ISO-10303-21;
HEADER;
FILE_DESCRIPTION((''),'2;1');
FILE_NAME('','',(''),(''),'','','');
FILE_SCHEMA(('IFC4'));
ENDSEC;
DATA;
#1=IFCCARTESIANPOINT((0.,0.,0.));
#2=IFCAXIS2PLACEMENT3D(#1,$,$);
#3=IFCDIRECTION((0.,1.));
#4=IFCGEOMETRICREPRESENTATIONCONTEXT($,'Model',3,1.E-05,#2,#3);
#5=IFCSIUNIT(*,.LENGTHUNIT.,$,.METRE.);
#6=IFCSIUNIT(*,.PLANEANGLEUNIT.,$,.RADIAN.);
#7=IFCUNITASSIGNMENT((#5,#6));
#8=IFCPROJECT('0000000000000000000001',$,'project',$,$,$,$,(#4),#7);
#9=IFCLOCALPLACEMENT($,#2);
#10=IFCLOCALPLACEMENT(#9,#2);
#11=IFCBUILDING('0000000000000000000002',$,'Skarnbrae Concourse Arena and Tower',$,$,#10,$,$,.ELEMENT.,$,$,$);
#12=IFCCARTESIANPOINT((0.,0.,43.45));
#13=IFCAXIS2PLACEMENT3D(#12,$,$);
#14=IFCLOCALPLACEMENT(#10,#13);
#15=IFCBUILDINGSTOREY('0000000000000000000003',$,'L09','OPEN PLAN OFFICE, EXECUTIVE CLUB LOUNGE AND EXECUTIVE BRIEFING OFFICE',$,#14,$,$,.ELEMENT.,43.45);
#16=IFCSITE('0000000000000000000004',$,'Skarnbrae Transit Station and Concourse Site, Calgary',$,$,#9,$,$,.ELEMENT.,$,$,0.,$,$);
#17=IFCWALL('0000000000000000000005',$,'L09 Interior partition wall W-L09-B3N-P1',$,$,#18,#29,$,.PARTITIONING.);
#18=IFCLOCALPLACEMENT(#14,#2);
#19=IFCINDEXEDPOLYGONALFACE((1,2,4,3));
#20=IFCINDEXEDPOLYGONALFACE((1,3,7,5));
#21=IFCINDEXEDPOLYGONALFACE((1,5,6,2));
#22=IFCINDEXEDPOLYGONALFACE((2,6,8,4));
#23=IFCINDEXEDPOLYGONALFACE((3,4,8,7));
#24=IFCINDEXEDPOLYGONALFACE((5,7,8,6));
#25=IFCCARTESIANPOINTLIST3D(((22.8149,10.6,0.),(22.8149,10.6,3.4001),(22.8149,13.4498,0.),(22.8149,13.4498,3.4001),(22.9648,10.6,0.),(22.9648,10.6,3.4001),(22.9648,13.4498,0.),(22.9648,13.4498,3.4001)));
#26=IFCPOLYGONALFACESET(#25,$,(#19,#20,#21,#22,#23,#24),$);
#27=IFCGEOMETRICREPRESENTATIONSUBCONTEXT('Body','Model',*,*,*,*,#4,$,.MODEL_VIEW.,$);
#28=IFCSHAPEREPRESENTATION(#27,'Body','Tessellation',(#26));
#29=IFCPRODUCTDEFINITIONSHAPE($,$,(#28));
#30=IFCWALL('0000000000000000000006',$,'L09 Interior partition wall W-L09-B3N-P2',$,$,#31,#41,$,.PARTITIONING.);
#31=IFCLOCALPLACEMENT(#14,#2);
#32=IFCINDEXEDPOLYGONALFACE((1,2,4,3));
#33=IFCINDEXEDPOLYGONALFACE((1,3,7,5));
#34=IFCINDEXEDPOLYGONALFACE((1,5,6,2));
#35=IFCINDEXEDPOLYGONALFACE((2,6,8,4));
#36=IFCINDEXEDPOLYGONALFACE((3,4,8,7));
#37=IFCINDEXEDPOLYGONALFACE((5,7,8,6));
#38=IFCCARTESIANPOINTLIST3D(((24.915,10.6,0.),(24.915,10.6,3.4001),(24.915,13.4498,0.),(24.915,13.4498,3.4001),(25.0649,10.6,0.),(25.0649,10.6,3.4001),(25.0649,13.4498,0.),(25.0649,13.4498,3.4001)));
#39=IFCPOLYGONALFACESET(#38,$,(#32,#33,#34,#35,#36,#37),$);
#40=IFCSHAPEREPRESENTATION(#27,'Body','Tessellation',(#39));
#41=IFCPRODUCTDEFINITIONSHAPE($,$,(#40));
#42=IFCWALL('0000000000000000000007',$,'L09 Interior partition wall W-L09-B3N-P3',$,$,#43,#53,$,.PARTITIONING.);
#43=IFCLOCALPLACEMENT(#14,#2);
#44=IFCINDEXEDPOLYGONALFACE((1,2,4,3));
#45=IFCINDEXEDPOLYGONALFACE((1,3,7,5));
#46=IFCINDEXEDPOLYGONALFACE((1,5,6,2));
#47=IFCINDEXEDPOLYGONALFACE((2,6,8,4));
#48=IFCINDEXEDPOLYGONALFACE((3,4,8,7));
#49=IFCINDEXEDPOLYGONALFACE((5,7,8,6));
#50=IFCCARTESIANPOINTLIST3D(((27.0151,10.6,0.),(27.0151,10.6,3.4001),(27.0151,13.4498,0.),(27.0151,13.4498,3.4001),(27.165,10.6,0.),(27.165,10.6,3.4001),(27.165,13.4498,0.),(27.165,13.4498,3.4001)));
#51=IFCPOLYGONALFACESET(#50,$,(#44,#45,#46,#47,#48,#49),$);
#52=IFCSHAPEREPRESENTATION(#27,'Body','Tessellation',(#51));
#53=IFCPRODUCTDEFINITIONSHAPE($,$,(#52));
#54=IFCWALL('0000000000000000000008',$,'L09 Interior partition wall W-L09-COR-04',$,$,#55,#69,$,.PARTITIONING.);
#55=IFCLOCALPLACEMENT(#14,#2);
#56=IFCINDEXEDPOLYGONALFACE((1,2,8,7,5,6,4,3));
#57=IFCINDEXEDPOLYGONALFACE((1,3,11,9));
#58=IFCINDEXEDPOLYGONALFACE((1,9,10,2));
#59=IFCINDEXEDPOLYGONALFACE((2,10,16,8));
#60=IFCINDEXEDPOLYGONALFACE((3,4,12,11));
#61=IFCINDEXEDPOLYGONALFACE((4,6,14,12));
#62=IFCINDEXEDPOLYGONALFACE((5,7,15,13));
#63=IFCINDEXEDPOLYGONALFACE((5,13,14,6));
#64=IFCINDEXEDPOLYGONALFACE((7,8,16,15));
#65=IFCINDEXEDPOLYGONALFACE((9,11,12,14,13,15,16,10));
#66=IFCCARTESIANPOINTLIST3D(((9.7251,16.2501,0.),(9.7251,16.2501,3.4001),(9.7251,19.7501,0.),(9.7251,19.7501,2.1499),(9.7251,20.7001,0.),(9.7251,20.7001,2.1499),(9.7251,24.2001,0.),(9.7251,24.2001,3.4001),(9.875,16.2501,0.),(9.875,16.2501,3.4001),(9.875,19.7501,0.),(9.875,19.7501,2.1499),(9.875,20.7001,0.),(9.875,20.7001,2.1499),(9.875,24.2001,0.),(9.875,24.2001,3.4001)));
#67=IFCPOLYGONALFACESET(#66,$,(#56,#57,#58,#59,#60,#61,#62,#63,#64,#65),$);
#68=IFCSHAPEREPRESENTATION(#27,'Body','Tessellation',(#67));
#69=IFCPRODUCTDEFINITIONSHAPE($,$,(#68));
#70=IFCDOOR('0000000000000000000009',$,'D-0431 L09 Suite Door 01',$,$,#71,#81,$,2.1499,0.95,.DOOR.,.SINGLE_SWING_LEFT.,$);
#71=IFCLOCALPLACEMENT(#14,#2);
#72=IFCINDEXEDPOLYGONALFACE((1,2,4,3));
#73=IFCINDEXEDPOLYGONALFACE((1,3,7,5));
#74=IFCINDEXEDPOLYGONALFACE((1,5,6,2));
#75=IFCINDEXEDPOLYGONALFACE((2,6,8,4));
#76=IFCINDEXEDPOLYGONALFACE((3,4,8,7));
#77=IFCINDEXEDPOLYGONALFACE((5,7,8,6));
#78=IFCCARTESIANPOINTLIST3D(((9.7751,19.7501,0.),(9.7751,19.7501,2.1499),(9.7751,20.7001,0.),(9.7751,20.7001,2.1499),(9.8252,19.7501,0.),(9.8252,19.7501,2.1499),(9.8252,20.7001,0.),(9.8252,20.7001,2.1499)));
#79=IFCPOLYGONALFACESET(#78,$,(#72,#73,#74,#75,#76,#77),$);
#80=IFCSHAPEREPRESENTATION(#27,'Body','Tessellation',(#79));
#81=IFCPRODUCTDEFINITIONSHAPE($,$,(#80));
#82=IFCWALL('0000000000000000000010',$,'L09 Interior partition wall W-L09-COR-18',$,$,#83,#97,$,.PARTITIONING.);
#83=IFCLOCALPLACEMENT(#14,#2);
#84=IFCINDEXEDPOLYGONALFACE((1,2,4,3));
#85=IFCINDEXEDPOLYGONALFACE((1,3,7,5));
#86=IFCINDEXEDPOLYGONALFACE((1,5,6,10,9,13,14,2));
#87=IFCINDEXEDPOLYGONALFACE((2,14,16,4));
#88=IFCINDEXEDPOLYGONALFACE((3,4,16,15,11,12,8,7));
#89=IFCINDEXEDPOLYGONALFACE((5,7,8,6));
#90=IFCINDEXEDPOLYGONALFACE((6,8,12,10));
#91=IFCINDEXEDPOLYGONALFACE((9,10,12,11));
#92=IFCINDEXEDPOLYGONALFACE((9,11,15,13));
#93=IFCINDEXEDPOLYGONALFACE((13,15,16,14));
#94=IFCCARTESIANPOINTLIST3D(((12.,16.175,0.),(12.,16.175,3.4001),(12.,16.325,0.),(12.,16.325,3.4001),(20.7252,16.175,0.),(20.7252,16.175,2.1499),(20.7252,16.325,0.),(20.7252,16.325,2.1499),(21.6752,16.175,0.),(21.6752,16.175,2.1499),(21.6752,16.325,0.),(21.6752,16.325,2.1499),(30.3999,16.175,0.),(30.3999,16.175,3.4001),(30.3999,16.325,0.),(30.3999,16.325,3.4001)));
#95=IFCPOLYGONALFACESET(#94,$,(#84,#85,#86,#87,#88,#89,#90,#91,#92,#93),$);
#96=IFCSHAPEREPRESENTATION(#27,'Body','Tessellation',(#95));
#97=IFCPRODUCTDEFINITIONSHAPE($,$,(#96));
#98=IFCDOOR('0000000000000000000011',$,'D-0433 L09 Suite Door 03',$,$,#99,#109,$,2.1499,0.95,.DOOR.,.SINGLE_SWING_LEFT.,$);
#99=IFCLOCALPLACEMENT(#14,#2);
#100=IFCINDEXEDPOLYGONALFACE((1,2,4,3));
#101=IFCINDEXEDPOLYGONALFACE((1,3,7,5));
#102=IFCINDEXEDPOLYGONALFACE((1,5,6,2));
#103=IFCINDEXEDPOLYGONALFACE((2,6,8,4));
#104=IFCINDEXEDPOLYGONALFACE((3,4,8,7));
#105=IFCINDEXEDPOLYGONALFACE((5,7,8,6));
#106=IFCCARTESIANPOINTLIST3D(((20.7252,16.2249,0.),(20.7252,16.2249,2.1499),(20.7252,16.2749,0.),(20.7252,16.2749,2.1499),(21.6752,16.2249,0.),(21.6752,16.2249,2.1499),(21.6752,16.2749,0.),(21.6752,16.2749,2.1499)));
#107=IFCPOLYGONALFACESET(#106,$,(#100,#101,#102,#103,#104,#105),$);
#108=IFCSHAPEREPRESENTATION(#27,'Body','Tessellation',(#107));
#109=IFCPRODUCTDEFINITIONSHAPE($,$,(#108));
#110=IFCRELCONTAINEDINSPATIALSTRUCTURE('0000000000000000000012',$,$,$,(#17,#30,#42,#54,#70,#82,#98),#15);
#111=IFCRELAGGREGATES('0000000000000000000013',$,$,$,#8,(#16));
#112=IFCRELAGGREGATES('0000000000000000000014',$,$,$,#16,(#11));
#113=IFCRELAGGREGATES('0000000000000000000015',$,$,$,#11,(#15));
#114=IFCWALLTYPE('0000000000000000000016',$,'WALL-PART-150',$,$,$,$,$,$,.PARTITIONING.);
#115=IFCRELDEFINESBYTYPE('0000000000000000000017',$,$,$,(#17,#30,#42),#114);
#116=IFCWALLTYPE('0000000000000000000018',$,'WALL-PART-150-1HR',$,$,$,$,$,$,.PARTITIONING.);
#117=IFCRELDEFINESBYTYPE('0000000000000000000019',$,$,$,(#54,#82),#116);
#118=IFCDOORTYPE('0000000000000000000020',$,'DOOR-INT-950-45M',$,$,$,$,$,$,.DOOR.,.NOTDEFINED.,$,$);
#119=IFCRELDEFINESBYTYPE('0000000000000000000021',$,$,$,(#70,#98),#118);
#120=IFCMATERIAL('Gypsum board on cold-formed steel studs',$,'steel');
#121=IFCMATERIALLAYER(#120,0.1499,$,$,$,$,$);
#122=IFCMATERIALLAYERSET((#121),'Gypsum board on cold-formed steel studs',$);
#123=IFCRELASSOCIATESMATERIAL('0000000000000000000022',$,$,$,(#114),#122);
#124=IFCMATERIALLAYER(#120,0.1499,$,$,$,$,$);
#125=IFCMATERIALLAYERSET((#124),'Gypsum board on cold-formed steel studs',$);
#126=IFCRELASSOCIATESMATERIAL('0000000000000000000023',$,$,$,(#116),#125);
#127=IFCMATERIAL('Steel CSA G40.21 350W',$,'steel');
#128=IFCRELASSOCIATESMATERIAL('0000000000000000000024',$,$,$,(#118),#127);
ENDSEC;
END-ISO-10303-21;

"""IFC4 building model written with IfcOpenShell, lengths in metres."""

from ifc_helpers import new_model, si_unit, direction, frame, frame_2d, origin, place, context, subcontext, project, spatial, rectangle, extrude, source, transform, mapped, material, layer, layer_set, type_object, element, fill, save


model = new_model("IFC4")

# Units and contexts
model_context = context("Model", 3, precision=1e-05, world=origin(), true_north=direction((0.0, 1.0)))
body_context = subcontext(model_context, "Body", "Model", "MODEL_VIEW")
ifc_project = project(units=[si_unit("LENGTHUNIT", "METRE"), si_unit("PLANEANGLEUNIT", "RADIAN")], contexts=[model_context])

# Site, building, storey
site_placement = place(None, origin())
site = spatial("IfcSite", under=ifc_project, at=site_placement, Name="Skarnbrae Transit Station and Concourse Site, Calgary", CompositionType="ELEMENT", RefElevation=0.0)
building_placement = place(site_placement, origin())
building = spatial("IfcBuilding", under=site, at=building_placement, Name="Skarnbrae Concourse Arena and Tower", CompositionType="ELEMENT")
storey_placement = place(building_placement, frame((0.0, 0.0, 43.45)))
storey = spatial("IfcBuildingStorey", under=building, at=storey_placement, Name="L09", Description="OPEN PLAN OFFICE, EXECUTIVE CLUB LOUNGE AND EXECUTIVE BRIEFING OFFICE", CompositionType="ELEMENT", Elevation=43.45)

# Shared definitions
ifc_material_1 = material(Name="Steel CSA G40.21 350W", Category="steel")

# Shared definitions
ifc_material_2 = material(Name="Gypsum board on cold-formed steel studs", Category="steel")

# Walls
ifc_layer_1 = layer(ifc_material_2, 0.1499)
ifc_layer_set_1 = layer_set([ifc_layer_1], Name="Gypsum board on cold-formed steel studs")
wall_type_1 = type_object("IfcWallType", Name="WALL-PART-150", PredefinedType="PARTITIONING", material=ifc_layer_set_1)
shared_shape_1 = source(origin(), body_context, "Body", "SweptSolid", [
    extrude(rectangle(XDim=2.8499, YDim=0.1499, at=frame_2d((1.4248, 0.0))), origin(), (0.0, 0.0, 1.0), 3.4001),
])
for number, where, z_axis, x_axis, name in (
    (1, (22.8899, 10.6001, 0.0), (0.0, 0.0, 1.0), (0.0, 1.0, 0.0), "L09 Interior partition wall W-L09-B3N-P1"),
    (2, (24.99, 10.6001, 0.0), (0.0, 0.0, 1.0), (0.0, 1.0, 0.0), "L09 Interior partition wall W-L09-B3N-P2"),
    (3, (27.0901, 10.6001, 0.0), (0.0, 0.0, 1.0), (0.0, 1.0, 0.0), "L09 Interior partition wall W-L09-B3N-P3"),
):
    element("IfcWall", number, at=place(storey_placement, frame(where, z_axis=z_axis, x_axis=x_axis)), inside=storey, type_object=wall_type_1, Name=name, PredefinedType="PARTITIONING", context=body_context, shape_type="MappedRepresentation", body=[
        mapped(shared_shape_1, transform((0.0, 0.0, 0.0))),
    ])

# Walls, openings, doors
ifc_layer_2 = layer(ifc_material_2, 0.1499)
ifc_layer_set_2 = layer_set([ifc_layer_2], Name="Gypsum board on cold-formed steel studs")
wall_type_2 = type_object("IfcWallType", Name="WALL-PART-150-1HR", PredefinedType="PARTITIONING", material=ifc_layer_set_2)
shared_shape_2 = source(origin(), body_context, "Body", "SweptSolid", [
    extrude(rectangle(XDim=7.95, YDim=0.1499, at=frame_2d((3.9751, 0.0))), origin(), (0.0, 0.0, 1.0), 3.4001),
])
wall_1_placement = place(storey_placement, frame((9.8, 16.25, 0.0), z_axis=(0.0, 0.0, 1.0), x_axis=(0.0, 1.0, 0.0)))
wall_1 = element("IfcWall", 4, at=wall_1_placement, inside=storey, type_object=wall_type_2, Name="L09 Interior partition wall W-L09-COR-04", PredefinedType="PARTITIONING", context=body_context, shape_type="MappedRepresentation", body=[
    mapped(shared_shape_2, transform((0.0, 0.0, 0.0))),
])
opening_1_placement = place(wall_1_placement, frame((3.5, 0.0, 0.0)))
opening_1 = element("IfcOpeningElement", 5, at=opening_1_placement, cuts=wall_1, PredefinedType="OPENING", context=body_context, shape_type="SweptSolid", body=[
    extrude(rectangle(XDim=0.95, YDim=2.1499, at=frame_2d((0.4751, 1.075))), frame((0.0, 0.085, 0.0), z_axis=(0.0, -1.0, 0.0), x_axis=(1.0, 0.0, 0.0)), (0.0, 0.0, 1.0), 0.1699),
])
door_type_1 = type_object("IfcDoorType", Name="DOOR-INT-950-45M", OperationType="NOTDEFINED", PredefinedType="DOOR", material=ifc_material_1)
shared_shape_3 = source(origin(), body_context, "Body", "SweptSolid", [
    extrude(rectangle(XDim=0.95, YDim=2.1499, at=frame_2d((0.4751, 1.075))), frame((0.0, 0.0249, 0.0), z_axis=(0.0, -1.0, 0.0), x_axis=(1.0, 0.0, 0.0)), (0.0, 0.0, 1.0), 0.05),
])
door_1_placement = place(opening_1_placement, origin())
door_1 = element("IfcDoor", 6, at=door_1_placement, inside=storey, type_object=door_type_1, Name="D-0431 L09 Suite Door 01", OperationType="SINGLE_SWING_LEFT", OverallHeight=2.1499, OverallWidth=0.95, PredefinedType="DOOR", context=body_context, shape_type="MappedRepresentation", body=[
    mapped(shared_shape_3, transform((0.0, 0.0, 0.0))),
])
fill(opening_1, door_1)
shared_shape_4 = source(origin(), body_context, "Body", "SweptSolid", [
    extrude(rectangle(XDim=18.3999, YDim=0.1499, at=frame_2d((9.2, 0.0))), origin(), (0.0, 0.0, 1.0), 3.4001),
])
wall_2_placement = place(storey_placement, frame((12.0, 16.25, 0.0), z_axis=(0.0, 0.0, 1.0), x_axis=(1.0, 0.0, 0.0)))
wall_2 = element("IfcWall", 7, at=wall_2_placement, inside=storey, type_object=wall_type_2, Name="L09 Interior partition wall W-L09-COR-18", PredefinedType="PARTITIONING", context=body_context, shape_type="MappedRepresentation", body=[
    mapped(shared_shape_4, transform((0.0, 0.0, 0.0))),
])
opening_2_placement = place(wall_2_placement, frame((8.7251, 0.0, 0.0)))
opening_2 = element("IfcOpeningElement", 8, at=opening_2_placement, cuts=wall_2, PredefinedType="OPENING", context=body_context, shape_type="SweptSolid", body=[
    extrude(rectangle(XDim=0.95, YDim=2.1499, at=frame_2d((0.4751, 1.075))), frame((0.0, 0.085, 0.0), z_axis=(0.0, -1.0, 0.0), x_axis=(1.0, 0.0, 0.0)), (0.0, 0.0, 1.0), 0.1699),
])
door_2_placement = place(opening_2_placement, origin())
door_2 = element("IfcDoor", 9, at=door_2_placement, inside=storey, type_object=door_type_1, Name="D-0433 L09 Suite Door 03", OperationType="SINGLE_SWING_LEFT", OverallHeight=2.1499, OverallWidth=0.95, PredefinedType="DOOR", context=body_context, shape_type="MappedRepresentation", body=[
    mapped(shared_shape_3, transform((0.0, 0.0, 0.0))),
])
fill(opening_2, door_2)

save(model, "model.ifc")
